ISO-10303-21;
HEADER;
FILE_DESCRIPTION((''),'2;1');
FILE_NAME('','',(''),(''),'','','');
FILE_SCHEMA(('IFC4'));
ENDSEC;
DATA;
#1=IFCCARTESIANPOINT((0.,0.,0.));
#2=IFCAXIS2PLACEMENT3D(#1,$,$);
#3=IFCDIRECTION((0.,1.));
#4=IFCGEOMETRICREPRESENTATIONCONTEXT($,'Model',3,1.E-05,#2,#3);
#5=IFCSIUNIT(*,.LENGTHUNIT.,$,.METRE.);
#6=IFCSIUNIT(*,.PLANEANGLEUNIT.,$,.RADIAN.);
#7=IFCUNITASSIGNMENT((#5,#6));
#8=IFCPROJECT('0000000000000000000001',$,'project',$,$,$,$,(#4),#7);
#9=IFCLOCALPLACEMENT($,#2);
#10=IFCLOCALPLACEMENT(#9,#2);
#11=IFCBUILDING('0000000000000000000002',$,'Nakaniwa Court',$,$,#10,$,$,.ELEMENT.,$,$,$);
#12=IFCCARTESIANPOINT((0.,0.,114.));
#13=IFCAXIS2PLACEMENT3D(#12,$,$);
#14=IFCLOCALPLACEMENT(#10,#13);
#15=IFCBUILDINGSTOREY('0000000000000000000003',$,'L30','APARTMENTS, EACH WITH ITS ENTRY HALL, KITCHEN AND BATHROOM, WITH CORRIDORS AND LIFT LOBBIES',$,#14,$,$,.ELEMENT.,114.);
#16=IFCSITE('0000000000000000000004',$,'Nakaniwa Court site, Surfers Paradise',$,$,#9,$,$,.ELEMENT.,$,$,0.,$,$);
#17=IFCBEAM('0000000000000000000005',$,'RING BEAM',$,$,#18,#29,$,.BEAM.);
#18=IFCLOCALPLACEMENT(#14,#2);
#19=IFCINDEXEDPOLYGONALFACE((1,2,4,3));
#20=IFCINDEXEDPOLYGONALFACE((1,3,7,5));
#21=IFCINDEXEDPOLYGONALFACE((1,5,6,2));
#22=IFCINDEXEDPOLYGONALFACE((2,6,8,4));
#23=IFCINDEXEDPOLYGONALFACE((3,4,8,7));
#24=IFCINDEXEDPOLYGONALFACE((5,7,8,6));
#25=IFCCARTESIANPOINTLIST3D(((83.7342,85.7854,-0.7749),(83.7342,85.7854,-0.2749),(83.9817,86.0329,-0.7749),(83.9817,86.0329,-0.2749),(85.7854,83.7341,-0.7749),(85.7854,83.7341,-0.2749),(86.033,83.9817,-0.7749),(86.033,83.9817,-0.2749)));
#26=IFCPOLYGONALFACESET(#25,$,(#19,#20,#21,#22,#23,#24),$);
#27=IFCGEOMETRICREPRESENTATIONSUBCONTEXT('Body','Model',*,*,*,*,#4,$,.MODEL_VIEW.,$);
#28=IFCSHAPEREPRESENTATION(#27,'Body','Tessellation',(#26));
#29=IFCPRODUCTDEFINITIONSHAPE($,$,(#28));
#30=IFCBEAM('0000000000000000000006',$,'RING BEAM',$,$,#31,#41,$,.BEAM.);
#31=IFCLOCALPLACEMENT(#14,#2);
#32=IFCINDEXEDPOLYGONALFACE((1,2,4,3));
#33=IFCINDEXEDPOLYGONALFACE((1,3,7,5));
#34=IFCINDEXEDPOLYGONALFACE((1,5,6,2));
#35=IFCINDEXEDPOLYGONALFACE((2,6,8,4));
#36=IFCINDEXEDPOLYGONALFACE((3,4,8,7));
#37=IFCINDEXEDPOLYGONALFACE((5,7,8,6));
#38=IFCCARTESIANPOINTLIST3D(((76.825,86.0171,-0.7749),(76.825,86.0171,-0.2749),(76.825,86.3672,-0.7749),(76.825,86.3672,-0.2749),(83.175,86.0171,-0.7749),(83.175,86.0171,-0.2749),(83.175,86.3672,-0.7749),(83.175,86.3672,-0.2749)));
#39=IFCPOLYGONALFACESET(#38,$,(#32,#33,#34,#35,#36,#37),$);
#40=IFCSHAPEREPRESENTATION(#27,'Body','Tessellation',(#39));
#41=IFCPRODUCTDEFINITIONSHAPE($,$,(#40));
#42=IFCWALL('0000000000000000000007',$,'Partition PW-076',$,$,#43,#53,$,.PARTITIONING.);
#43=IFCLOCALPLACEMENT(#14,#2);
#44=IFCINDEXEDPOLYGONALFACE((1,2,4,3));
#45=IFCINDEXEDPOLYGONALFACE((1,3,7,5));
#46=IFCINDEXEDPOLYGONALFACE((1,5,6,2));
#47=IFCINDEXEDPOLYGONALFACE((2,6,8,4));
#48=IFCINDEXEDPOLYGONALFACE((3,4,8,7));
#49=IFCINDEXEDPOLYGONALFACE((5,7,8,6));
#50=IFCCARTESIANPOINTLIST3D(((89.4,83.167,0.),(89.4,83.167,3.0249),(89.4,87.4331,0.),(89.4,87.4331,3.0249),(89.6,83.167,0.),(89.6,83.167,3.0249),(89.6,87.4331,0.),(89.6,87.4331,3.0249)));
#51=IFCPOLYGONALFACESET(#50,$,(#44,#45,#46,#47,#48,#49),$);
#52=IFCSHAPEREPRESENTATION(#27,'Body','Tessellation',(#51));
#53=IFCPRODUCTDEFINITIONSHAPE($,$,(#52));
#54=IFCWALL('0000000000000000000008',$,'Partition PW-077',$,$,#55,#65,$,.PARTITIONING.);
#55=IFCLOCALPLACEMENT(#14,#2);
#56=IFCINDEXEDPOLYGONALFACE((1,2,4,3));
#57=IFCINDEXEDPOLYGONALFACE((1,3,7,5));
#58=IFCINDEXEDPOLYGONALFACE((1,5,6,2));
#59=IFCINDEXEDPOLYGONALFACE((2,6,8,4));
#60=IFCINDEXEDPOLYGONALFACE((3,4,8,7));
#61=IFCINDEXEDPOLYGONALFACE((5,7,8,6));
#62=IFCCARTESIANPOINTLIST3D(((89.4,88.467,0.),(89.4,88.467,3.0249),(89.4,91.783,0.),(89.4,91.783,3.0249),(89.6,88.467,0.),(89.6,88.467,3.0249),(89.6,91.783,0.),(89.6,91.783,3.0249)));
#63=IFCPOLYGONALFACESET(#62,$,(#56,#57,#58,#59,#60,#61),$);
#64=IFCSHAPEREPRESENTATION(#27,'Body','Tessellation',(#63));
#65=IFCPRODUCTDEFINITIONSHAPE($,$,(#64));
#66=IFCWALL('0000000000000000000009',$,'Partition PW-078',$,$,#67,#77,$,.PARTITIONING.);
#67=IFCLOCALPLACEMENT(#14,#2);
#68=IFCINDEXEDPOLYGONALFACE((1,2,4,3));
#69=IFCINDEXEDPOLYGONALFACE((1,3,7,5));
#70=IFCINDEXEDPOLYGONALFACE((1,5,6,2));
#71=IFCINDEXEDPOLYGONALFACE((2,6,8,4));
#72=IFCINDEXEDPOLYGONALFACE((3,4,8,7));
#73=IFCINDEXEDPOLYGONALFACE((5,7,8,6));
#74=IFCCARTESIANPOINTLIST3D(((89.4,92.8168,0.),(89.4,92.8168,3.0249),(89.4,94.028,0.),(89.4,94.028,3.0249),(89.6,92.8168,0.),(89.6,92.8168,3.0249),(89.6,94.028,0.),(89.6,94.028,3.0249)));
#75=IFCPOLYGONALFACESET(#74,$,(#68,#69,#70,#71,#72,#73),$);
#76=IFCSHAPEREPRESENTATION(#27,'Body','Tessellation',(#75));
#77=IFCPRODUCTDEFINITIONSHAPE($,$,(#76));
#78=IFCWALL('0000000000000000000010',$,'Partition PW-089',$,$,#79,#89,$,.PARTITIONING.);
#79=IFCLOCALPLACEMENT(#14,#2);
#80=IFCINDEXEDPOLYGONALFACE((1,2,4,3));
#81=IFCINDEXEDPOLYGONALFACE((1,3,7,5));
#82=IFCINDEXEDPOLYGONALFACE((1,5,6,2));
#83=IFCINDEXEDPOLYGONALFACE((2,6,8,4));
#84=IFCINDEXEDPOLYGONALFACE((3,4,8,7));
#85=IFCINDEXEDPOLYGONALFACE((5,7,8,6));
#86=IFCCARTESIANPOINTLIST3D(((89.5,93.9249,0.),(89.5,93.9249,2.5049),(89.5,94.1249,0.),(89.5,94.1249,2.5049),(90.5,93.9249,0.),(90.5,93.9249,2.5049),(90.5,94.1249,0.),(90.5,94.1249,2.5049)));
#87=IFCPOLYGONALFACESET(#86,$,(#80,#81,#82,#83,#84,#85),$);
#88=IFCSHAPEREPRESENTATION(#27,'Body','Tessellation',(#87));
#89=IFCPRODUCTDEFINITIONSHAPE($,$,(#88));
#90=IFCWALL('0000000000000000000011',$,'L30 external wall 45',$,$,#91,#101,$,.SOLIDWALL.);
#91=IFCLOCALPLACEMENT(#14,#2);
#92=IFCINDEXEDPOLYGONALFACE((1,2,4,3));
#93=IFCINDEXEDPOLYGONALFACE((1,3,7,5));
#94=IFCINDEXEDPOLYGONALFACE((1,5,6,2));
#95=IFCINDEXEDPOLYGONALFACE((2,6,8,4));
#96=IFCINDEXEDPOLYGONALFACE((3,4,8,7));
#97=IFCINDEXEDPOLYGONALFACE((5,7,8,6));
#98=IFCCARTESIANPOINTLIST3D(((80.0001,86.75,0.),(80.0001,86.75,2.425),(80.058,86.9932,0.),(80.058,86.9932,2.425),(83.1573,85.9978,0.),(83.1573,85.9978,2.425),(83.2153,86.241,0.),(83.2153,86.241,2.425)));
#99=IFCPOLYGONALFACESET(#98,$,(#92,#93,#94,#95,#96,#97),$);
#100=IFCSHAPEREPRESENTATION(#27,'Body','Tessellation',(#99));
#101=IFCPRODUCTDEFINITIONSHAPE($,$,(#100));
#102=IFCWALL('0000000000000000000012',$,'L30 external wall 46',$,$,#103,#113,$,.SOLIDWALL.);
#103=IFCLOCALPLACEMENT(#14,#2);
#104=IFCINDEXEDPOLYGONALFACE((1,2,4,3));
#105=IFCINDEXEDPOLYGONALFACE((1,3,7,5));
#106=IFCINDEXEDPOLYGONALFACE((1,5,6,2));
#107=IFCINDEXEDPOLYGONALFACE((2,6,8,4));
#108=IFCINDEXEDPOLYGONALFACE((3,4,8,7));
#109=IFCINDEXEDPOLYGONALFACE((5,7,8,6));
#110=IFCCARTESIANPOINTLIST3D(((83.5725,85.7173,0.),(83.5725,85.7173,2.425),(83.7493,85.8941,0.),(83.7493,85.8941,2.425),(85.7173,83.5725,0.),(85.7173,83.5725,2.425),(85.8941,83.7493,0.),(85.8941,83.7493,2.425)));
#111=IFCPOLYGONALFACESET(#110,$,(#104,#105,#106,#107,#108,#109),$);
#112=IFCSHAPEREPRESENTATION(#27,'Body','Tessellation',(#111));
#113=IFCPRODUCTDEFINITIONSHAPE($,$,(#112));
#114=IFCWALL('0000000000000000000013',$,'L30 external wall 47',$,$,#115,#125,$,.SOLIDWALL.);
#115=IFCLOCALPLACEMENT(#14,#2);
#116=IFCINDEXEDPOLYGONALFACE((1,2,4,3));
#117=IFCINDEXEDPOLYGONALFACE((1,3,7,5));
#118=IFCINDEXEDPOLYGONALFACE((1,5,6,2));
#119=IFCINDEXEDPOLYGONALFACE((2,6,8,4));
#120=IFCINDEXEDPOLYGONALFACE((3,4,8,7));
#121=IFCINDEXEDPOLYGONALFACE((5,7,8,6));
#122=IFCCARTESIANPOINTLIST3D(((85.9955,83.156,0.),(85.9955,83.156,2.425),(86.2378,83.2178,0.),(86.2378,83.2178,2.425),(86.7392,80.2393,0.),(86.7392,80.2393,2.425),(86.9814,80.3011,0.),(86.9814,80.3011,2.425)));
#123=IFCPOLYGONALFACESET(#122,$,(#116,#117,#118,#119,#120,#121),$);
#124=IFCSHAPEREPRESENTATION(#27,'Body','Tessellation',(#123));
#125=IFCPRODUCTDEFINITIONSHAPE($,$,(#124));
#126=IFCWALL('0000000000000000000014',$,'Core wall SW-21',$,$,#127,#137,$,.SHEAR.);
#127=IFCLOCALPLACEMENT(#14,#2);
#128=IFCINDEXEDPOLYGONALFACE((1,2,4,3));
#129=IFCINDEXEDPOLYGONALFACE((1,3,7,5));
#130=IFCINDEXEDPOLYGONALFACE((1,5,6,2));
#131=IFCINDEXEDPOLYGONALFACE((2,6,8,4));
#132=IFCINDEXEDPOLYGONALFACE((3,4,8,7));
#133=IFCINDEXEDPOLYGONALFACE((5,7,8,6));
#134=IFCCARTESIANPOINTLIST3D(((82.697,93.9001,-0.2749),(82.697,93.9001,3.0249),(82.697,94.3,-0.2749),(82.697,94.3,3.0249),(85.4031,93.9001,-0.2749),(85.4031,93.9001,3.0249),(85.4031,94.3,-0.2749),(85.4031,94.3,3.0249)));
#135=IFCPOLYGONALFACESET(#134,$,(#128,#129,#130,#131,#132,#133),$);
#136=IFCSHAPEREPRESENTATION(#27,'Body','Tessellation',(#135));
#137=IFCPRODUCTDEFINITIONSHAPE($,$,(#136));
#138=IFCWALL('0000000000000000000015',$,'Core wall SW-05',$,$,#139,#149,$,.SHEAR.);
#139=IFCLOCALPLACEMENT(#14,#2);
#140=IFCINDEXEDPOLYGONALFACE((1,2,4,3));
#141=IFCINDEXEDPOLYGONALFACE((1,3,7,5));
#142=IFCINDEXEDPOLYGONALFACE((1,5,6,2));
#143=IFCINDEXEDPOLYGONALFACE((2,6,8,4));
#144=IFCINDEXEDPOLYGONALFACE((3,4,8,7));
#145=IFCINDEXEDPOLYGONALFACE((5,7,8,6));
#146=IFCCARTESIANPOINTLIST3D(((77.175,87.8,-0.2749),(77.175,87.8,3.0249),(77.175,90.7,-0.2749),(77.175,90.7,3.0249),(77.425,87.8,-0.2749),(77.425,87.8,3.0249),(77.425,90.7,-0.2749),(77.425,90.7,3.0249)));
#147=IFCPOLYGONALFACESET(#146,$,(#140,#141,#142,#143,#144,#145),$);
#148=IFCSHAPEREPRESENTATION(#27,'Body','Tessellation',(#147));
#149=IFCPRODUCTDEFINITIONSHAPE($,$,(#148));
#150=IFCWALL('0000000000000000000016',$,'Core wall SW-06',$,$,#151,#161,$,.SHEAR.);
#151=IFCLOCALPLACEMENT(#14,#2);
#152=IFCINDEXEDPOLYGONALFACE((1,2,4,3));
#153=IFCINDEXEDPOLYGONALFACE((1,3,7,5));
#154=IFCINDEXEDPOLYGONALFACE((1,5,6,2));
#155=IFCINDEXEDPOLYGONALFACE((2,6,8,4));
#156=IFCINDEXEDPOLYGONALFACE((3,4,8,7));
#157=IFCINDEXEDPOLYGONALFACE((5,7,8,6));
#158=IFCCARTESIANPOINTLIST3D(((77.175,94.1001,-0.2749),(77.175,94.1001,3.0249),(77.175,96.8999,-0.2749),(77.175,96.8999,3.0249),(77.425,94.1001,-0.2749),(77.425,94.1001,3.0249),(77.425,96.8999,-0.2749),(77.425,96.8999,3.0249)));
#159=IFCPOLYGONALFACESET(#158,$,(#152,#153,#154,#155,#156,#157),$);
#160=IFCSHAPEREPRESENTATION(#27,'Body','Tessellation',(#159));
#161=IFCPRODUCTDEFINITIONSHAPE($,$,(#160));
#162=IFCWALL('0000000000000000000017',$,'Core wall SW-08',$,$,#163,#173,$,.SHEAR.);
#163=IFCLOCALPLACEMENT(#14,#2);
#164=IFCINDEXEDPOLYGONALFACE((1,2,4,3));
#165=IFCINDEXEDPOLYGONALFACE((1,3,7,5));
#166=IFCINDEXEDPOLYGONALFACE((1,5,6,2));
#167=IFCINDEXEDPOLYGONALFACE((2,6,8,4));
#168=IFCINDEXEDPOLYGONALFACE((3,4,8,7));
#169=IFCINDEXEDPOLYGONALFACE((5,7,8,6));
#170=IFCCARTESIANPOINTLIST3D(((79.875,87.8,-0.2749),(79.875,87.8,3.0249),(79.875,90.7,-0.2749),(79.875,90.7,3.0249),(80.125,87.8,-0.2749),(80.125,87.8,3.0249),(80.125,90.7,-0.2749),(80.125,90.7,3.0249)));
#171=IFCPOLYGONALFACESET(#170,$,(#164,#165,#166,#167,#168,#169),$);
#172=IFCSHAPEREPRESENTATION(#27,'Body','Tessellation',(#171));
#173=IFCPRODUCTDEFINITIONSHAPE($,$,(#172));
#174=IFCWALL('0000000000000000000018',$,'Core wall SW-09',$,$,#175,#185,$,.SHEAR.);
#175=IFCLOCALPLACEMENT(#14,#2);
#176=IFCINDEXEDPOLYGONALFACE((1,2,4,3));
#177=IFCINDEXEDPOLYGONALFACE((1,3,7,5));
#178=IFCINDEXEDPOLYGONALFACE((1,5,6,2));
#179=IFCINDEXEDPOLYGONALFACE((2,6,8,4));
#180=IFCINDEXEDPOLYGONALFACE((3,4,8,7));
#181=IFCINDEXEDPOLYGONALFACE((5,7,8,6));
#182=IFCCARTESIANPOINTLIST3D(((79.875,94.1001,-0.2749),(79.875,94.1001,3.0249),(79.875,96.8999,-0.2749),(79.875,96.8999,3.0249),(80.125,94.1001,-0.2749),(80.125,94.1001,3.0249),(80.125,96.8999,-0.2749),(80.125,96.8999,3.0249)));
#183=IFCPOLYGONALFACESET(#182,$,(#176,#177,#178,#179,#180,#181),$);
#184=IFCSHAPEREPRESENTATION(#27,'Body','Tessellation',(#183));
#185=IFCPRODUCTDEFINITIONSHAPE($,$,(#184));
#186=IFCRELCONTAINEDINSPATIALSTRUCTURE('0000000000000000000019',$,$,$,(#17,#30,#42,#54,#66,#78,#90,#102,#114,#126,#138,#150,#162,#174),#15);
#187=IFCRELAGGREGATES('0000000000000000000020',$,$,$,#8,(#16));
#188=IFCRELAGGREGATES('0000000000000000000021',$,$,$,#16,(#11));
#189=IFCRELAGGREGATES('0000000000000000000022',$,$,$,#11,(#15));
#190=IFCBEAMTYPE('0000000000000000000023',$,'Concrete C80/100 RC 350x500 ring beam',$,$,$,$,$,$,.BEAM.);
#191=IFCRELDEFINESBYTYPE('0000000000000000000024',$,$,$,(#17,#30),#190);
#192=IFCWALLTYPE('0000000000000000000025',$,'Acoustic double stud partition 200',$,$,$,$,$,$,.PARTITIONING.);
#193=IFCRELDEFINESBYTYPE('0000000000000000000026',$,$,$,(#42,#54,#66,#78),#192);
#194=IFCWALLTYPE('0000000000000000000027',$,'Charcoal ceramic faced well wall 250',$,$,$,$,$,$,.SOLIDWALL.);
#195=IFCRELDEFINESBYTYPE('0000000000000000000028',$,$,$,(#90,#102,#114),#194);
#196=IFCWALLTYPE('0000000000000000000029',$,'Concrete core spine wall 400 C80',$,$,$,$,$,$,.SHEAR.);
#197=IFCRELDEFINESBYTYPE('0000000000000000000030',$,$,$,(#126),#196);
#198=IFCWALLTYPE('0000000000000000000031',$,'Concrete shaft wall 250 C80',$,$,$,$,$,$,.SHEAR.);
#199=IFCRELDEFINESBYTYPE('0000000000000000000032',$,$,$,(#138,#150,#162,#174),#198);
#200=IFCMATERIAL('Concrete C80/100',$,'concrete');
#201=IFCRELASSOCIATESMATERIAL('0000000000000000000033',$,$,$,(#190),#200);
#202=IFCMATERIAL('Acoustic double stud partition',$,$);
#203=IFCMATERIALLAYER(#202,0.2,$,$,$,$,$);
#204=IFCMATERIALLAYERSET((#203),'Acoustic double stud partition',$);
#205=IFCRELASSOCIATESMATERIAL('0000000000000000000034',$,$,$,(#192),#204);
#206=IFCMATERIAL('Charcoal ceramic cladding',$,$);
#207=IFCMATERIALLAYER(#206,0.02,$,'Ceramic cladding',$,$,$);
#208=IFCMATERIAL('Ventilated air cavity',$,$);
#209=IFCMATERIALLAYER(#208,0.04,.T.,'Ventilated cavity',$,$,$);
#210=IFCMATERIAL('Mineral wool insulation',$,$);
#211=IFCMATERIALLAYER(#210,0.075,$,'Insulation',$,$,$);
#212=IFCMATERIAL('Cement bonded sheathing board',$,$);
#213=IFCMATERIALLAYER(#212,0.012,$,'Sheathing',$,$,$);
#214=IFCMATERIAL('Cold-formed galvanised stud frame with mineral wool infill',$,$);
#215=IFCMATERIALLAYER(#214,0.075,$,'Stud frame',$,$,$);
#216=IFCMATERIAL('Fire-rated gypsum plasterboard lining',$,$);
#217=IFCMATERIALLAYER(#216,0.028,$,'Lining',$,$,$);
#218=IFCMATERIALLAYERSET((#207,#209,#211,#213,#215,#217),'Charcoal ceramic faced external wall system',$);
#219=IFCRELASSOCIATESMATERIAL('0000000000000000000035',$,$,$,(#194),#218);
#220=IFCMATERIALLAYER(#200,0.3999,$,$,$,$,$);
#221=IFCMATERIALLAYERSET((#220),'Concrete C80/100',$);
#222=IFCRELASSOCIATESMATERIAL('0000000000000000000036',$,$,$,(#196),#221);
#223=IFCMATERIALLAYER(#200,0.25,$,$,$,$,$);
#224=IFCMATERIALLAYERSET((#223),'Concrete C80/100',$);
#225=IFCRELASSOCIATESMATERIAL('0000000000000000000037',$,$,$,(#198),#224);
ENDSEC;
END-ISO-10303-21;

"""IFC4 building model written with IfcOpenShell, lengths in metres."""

from ifc_helpers import new_model, si_unit, direction, frame, frame_2d, origin, origin_2d, place, context, subcontext, project, spatial, rectangle, extrude, material, layer, layer_set, material_profile, profile_set, type_object, element, save


model = new_model("IFC4")

# Units and contexts
model_context = context("Model", 3, precision=1e-05, world=origin(), true_north=direction((0.0, 1.0)))
body_context = subcontext(model_context, "Body", "Model", "MODEL_VIEW")
ifc_project = project(units=[si_unit("LENGTHUNIT", "METRE"), si_unit("PLANEANGLEUNIT", "RADIAN")], contexts=[model_context])

# Site, building, storey
site_placement = place(None, origin())
site = spatial("IfcSite", under=ifc_project, at=site_placement, Name="Nakaniwa Court site, Surfers Paradise", CompositionType="ELEMENT", RefElevation=0.0)
building_placement = place(site_placement, origin())
building = spatial("IfcBuilding", under=site, at=building_placement, Name="Nakaniwa Court", CompositionType="ELEMENT")
storey_placement = place(building_placement, frame((0.0, 0.0, 114.0)))
storey = spatial("IfcBuildingStorey", under=building, at=storey_placement, Name="L30", Description="APARTMENTS, EACH WITH ITS ENTRY HALL, KITCHEN AND BATHROOM, WITH CORRIDORS AND LIFT LOBBIES", CompositionType="ELEMENT", Elevation=114.0)

# Shared definitions
ifc_material_1 = material(Name="Concrete C80/100", Category="concrete")

# Beams
ifc_material_profile_1 = material_profile(ifc_material_1, rectangle(XDim=0.3501, YDim=0.5, at=origin_2d()), Name="Concrete C80/100 RC 350x500 ring beam")
ifc_profile_set_1 = profile_set([ifc_material_profile_1], Name="Concrete C80/100")
beam_type = type_object("IfcBeamType", Name="Concrete C80/100 RC 350x500 ring beam", PredefinedType="BEAM", material=ifc_profile_set_1)
beam_1_placement = place(storey_placement, frame((85.9092, 83.8579, -0.5249), z_axis=(-0.707107, 0.707107, 0.0), x_axis=(-0.707107, -0.707107, 0.0)))
element("IfcBeam", 1, at=beam_1_placement, inside=storey, type_object=beam_type, Name="RING BEAM", PredefinedType="BEAM", context=body_context, shape_type="SweptSolid", body=[
    extrude(rectangle(XDim=0.3501, YDim=0.5, at=origin_2d()), origin(), (0.0, 0.0, 1.0), 2.9009),
])
beam_2_placement = place(storey_placement, frame((83.175, 86.1921, -0.5249), z_axis=(-1.0, 0.0, 0.0), x_axis=(0.0, -1.0, 0.0)))
element("IfcBeam", 2, at=beam_2_placement, inside=storey, type_object=beam_type, Name="RING BEAM", PredefinedType="BEAM", context=body_context, shape_type="SweptSolid", body=[
    extrude(rectangle(XDim=0.3501, YDim=0.5, at=origin_2d()), origin(), (0.0, 0.0, 1.0), 6.3501),
])

# Walls
ifc_material_2 = material(Name="Acoustic double stud partition")
ifc_layer_1 = layer(ifc_material_2, 0.2)
ifc_layer_set_1 = layer_set([ifc_layer_1], Name="Acoustic double stud partition")
wall_type_1 = type_object("IfcWallType", Name="Acoustic double stud partition 200", PredefinedType="PARTITIONING", material=ifc_layer_set_1)
wall_1_placement = place(storey_placement, frame((89.5, 83.167, 0.0), z_axis=(0.0, 0.0, 1.0), x_axis=(0.0, 1.0, 0.0)))
element("IfcWall", 3, at=wall_1_placement, inside=storey, type_object=wall_type_1, Name="Partition PW-076", PredefinedType="PARTITIONING", context=body_context, shape_type="SweptSolid", body=[
    extrude(rectangle(XDim=4.2661, YDim=0.2, at=frame_2d((2.1331, 0.0))), origin(), (0.0, 0.0, 1.0), 3.0249),
])
wall_2_placement = place(storey_placement, frame((89.5, 88.467, 0.0), z_axis=(0.0, 0.0, 1.0), x_axis=(0.0, 1.0, 0.0)))
element("IfcWall", 4, at=wall_2_placement, inside=storey, type_object=wall_type_1, Name="Partition PW-077", PredefinedType="PARTITIONING", context=body_context, shape_type="SweptSolid", body=[
    extrude(rectangle(XDim=3.3159, YDim=0.2, at=frame_2d((1.658, 0.0))), origin(), (0.0, 0.0, 1.0), 3.0249),
])
wall_3_placement = place(storey_placement, frame((89.5, 92.8169, 0.0), z_axis=(0.0, 0.0, 1.0), x_axis=(0.0, 1.0, 0.0)))
element("IfcWall", 5, at=wall_3_placement, inside=storey, type_object=wall_type_1, Name="Partition PW-078", PredefinedType="PARTITIONING", context=body_context, shape_type="SweptSolid", body=[
    extrude(rectangle(XDim=1.2112, YDim=0.2, at=frame_2d((0.6055, 0.0))), origin(), (0.0, 0.0, 1.0), 3.0249),
])
wall_4_placement = place(storey_placement, frame((89.5, 94.0249, 0.0), z_axis=(0.0, 0.0, 1.0), x_axis=(1.0, 0.0, 0.0)))
element("IfcWall", 6, at=wall_4_placement, inside=storey, type_object=wall_type_1, Name="Partition PW-089", PredefinedType="PARTITIONING", context=body_context, shape_type="SweptSolid", body=[
    extrude(rectangle(XDim=1.0, YDim=0.2, at=frame_2d((0.5, 0.0))), origin(), (0.0, 0.0, 1.0), 2.5049),
])
ifc_material_3 = material(Name="Charcoal ceramic cladding")
ifc_layer_2 = layer(ifc_material_3, 0.02, Name="Ceramic cladding")
ifc_material_4 = material(Name="Ventilated air cavity")
ifc_layer_3 = layer(ifc_material_4, 0.04, ventilated=True, Name="Ventilated cavity")
ifc_material_5 = material(Name="Mineral wool insulation")
ifc_layer_4 = layer(ifc_material_5, 0.075, Name="Insulation")
ifc_material_6 = material(Name="Cement bonded sheathing board")
ifc_layer_5 = layer(ifc_material_6, 0.012, Name="Sheathing")
ifc_material_7 = material(Name="Cold-formed galvanised stud frame with mineral wool infill")
ifc_layer_6 = layer(ifc_material_7, 0.075, Name="Stud frame")
ifc_material_8 = material(Name="Fire-rated gypsum plasterboard lining")
ifc_layer_7 = layer(ifc_material_8, 0.028, Name="Lining")
ifc_layer_set_2 = layer_set([ifc_layer_2, ifc_layer_3, ifc_layer_4, ifc_layer_5, ifc_layer_6, ifc_layer_7], Name="Charcoal ceramic faced external wall system")
wall_type_2 = type_object("IfcWallType", Name="Charcoal ceramic faced well wall 250", PredefinedType="SOLIDWALL", material=ifc_layer_set_2)
wall_5_placement = place(storey_placement, frame((80.0291, 86.8716, 0.0), z_axis=(0.0, 0.0, 1.0), x_axis=(0.972773, -0.23176, 0.0)))
element("IfcWall", 7, at=wall_5_placement, inside=storey, type_object=wall_type_2, Name="L30 external wall 45", PredefinedType="SOLIDWALL", context=body_context, shape_type="SweptSolid", body=[
    extrude(rectangle(XDim=3.2456, YDim=0.25, at=frame_2d((1.6228, 0.0))), origin(), (0.0, 0.0, 1.0), 2.425),
])
wall_6_placement = place(storey_placement, frame((83.6609, 85.8057, 0.0), z_axis=(0.0, 0.0, 1.0), x_axis=(0.707107, -0.707107, 0.0)))
element("IfcWall", 8, at=wall_6_placement, inside=storey, type_object=wall_type_2, Name="L30 external wall 46", PredefinedType="SOLIDWALL", context=body_context, shape_type="SweptSolid", body=[
    extrude(rectangle(XDim=3.0332, YDim=0.25, at=frame_2d((1.5166, 0.0))), origin(), (0.0, 0.0, 1.0), 2.425),
])
wall_7_placement = place(storey_placement, frame((86.1167, 83.1868, 0.0), z_axis=(0.0, 0.0, 1.0), x_axis=(0.247056, -0.969001, 0.0)))
element("IfcWall", 9, at=wall_7_placement, inside=storey, type_object=wall_type_2, Name="L30 external wall 47", PredefinedType="SOLIDWALL", context=body_context, shape_type="SweptSolid", body=[
    extrude(rectangle(XDim=3.01, YDim=0.25, at=frame_2d((1.5049, 0.0))), origin(), (0.0, 0.0, 1.0), 2.425),
])
ifc_layer_8 = layer(ifc_material_1, 0.3999)
ifc_layer_set_3 = layer_set([ifc_layer_8], Name="Concrete C80/100")
wall_type_3 = type_object("IfcWallType", Name="Concrete core spine wall 400 C80", PredefinedType="SHEAR", material=ifc_layer_set_3)
wall_8_placement = place(storey_placement, frame((82.697, 94.1001, -0.2749), z_axis=(0.0, 0.0, 1.0), x_axis=(1.0, 0.0, 0.0)))
element("IfcWall", 10, at=wall_8_placement, inside=storey, type_object=wall_type_3, Name="Core wall SW-21", PredefinedType="SHEAR", context=body_context, shape_type="SweptSolid", body=[
    extrude(rectangle(XDim=2.7061, YDim=0.3999, at=frame_2d((1.353, 0.0))), origin(), (0.0, 0.0, 1.0), 3.2998),
])
ifc_layer_9 = layer(ifc_material_1, 0.25)
ifc_layer_set_4 = layer_set([ifc_layer_9], Name="Concrete C80/100")
wall_type_4 = type_object("IfcWallType", Name="Concrete shaft wall 250 C80", PredefinedType="SHEAR", material=ifc_layer_set_4)
wall_9_placement = place(storey_placement, frame((77.3, 87.8, -0.2749), z_axis=(0.0, 0.0, 1.0), x_axis=(0.0, 1.0, 0.0)))
element("IfcWall", 11, at=wall_9_placement, inside=storey, type_object=wall_type_4, Name="Core wall SW-05", PredefinedType="SHEAR", context=body_context, shape_type="SweptSolid", body=[
    extrude(rectangle(XDim=2.8999, YDim=0.25, at=frame_2d((1.45, 0.0))), origin(), (0.0, 0.0, 1.0), 3.2998),
])
wall_10_placement = place(storey_placement, frame((77.3, 94.1001, -0.2749), z_axis=(0.0, 0.0, 1.0), x_axis=(0.0, 1.0, 0.0)))
element("IfcWall", 12, at=wall_10_placement, inside=storey, type_object=wall_type_4, Name="Core wall SW-06", PredefinedType="SHEAR", context=body_context, shape_type="SweptSolid", body=[
    extrude(rectangle(XDim=2.7998, YDim=0.25, at=frame_2d((1.3999, 0.0))), origin(), (0.0, 0.0, 1.0), 3.2998),
])
wall_11_placement = place(storey_placement, frame((80.0, 87.8, -0.2749), z_axis=(0.0, 0.0, 1.0), x_axis=(0.0, 1.0, 0.0)))
element("IfcWall", 13, at=wall_11_placement, inside=storey, type_object=wall_type_4, Name="Core wall SW-08", PredefinedType="SHEAR", context=body_context, shape_type="SweptSolid", body=[
    extrude(rectangle(XDim=2.8999, YDim=0.25, at=frame_2d((1.45, 0.0))), origin(), (0.0, 0.0, 1.0), 3.2998),
])
wall_12_placement = place(storey_placement, frame((80.0, 94.1001, -0.2749), z_axis=(0.0, 0.0, 1.0), x_axis=(0.0, 1.0, 0.0)))
element("IfcWall", 14, at=wall_12_placement, inside=storey, type_object=wall_type_4, Name="Core wall SW-09", PredefinedType="SHEAR", context=body_context, shape_type="SweptSolid", body=[
    extrude(rectangle(XDim=2.7998, YDim=0.25, at=frame_2d((1.3999, 0.0))), origin(), (0.0, 0.0, 1.0), 3.2998),
])

save(model, "model.ifc")
